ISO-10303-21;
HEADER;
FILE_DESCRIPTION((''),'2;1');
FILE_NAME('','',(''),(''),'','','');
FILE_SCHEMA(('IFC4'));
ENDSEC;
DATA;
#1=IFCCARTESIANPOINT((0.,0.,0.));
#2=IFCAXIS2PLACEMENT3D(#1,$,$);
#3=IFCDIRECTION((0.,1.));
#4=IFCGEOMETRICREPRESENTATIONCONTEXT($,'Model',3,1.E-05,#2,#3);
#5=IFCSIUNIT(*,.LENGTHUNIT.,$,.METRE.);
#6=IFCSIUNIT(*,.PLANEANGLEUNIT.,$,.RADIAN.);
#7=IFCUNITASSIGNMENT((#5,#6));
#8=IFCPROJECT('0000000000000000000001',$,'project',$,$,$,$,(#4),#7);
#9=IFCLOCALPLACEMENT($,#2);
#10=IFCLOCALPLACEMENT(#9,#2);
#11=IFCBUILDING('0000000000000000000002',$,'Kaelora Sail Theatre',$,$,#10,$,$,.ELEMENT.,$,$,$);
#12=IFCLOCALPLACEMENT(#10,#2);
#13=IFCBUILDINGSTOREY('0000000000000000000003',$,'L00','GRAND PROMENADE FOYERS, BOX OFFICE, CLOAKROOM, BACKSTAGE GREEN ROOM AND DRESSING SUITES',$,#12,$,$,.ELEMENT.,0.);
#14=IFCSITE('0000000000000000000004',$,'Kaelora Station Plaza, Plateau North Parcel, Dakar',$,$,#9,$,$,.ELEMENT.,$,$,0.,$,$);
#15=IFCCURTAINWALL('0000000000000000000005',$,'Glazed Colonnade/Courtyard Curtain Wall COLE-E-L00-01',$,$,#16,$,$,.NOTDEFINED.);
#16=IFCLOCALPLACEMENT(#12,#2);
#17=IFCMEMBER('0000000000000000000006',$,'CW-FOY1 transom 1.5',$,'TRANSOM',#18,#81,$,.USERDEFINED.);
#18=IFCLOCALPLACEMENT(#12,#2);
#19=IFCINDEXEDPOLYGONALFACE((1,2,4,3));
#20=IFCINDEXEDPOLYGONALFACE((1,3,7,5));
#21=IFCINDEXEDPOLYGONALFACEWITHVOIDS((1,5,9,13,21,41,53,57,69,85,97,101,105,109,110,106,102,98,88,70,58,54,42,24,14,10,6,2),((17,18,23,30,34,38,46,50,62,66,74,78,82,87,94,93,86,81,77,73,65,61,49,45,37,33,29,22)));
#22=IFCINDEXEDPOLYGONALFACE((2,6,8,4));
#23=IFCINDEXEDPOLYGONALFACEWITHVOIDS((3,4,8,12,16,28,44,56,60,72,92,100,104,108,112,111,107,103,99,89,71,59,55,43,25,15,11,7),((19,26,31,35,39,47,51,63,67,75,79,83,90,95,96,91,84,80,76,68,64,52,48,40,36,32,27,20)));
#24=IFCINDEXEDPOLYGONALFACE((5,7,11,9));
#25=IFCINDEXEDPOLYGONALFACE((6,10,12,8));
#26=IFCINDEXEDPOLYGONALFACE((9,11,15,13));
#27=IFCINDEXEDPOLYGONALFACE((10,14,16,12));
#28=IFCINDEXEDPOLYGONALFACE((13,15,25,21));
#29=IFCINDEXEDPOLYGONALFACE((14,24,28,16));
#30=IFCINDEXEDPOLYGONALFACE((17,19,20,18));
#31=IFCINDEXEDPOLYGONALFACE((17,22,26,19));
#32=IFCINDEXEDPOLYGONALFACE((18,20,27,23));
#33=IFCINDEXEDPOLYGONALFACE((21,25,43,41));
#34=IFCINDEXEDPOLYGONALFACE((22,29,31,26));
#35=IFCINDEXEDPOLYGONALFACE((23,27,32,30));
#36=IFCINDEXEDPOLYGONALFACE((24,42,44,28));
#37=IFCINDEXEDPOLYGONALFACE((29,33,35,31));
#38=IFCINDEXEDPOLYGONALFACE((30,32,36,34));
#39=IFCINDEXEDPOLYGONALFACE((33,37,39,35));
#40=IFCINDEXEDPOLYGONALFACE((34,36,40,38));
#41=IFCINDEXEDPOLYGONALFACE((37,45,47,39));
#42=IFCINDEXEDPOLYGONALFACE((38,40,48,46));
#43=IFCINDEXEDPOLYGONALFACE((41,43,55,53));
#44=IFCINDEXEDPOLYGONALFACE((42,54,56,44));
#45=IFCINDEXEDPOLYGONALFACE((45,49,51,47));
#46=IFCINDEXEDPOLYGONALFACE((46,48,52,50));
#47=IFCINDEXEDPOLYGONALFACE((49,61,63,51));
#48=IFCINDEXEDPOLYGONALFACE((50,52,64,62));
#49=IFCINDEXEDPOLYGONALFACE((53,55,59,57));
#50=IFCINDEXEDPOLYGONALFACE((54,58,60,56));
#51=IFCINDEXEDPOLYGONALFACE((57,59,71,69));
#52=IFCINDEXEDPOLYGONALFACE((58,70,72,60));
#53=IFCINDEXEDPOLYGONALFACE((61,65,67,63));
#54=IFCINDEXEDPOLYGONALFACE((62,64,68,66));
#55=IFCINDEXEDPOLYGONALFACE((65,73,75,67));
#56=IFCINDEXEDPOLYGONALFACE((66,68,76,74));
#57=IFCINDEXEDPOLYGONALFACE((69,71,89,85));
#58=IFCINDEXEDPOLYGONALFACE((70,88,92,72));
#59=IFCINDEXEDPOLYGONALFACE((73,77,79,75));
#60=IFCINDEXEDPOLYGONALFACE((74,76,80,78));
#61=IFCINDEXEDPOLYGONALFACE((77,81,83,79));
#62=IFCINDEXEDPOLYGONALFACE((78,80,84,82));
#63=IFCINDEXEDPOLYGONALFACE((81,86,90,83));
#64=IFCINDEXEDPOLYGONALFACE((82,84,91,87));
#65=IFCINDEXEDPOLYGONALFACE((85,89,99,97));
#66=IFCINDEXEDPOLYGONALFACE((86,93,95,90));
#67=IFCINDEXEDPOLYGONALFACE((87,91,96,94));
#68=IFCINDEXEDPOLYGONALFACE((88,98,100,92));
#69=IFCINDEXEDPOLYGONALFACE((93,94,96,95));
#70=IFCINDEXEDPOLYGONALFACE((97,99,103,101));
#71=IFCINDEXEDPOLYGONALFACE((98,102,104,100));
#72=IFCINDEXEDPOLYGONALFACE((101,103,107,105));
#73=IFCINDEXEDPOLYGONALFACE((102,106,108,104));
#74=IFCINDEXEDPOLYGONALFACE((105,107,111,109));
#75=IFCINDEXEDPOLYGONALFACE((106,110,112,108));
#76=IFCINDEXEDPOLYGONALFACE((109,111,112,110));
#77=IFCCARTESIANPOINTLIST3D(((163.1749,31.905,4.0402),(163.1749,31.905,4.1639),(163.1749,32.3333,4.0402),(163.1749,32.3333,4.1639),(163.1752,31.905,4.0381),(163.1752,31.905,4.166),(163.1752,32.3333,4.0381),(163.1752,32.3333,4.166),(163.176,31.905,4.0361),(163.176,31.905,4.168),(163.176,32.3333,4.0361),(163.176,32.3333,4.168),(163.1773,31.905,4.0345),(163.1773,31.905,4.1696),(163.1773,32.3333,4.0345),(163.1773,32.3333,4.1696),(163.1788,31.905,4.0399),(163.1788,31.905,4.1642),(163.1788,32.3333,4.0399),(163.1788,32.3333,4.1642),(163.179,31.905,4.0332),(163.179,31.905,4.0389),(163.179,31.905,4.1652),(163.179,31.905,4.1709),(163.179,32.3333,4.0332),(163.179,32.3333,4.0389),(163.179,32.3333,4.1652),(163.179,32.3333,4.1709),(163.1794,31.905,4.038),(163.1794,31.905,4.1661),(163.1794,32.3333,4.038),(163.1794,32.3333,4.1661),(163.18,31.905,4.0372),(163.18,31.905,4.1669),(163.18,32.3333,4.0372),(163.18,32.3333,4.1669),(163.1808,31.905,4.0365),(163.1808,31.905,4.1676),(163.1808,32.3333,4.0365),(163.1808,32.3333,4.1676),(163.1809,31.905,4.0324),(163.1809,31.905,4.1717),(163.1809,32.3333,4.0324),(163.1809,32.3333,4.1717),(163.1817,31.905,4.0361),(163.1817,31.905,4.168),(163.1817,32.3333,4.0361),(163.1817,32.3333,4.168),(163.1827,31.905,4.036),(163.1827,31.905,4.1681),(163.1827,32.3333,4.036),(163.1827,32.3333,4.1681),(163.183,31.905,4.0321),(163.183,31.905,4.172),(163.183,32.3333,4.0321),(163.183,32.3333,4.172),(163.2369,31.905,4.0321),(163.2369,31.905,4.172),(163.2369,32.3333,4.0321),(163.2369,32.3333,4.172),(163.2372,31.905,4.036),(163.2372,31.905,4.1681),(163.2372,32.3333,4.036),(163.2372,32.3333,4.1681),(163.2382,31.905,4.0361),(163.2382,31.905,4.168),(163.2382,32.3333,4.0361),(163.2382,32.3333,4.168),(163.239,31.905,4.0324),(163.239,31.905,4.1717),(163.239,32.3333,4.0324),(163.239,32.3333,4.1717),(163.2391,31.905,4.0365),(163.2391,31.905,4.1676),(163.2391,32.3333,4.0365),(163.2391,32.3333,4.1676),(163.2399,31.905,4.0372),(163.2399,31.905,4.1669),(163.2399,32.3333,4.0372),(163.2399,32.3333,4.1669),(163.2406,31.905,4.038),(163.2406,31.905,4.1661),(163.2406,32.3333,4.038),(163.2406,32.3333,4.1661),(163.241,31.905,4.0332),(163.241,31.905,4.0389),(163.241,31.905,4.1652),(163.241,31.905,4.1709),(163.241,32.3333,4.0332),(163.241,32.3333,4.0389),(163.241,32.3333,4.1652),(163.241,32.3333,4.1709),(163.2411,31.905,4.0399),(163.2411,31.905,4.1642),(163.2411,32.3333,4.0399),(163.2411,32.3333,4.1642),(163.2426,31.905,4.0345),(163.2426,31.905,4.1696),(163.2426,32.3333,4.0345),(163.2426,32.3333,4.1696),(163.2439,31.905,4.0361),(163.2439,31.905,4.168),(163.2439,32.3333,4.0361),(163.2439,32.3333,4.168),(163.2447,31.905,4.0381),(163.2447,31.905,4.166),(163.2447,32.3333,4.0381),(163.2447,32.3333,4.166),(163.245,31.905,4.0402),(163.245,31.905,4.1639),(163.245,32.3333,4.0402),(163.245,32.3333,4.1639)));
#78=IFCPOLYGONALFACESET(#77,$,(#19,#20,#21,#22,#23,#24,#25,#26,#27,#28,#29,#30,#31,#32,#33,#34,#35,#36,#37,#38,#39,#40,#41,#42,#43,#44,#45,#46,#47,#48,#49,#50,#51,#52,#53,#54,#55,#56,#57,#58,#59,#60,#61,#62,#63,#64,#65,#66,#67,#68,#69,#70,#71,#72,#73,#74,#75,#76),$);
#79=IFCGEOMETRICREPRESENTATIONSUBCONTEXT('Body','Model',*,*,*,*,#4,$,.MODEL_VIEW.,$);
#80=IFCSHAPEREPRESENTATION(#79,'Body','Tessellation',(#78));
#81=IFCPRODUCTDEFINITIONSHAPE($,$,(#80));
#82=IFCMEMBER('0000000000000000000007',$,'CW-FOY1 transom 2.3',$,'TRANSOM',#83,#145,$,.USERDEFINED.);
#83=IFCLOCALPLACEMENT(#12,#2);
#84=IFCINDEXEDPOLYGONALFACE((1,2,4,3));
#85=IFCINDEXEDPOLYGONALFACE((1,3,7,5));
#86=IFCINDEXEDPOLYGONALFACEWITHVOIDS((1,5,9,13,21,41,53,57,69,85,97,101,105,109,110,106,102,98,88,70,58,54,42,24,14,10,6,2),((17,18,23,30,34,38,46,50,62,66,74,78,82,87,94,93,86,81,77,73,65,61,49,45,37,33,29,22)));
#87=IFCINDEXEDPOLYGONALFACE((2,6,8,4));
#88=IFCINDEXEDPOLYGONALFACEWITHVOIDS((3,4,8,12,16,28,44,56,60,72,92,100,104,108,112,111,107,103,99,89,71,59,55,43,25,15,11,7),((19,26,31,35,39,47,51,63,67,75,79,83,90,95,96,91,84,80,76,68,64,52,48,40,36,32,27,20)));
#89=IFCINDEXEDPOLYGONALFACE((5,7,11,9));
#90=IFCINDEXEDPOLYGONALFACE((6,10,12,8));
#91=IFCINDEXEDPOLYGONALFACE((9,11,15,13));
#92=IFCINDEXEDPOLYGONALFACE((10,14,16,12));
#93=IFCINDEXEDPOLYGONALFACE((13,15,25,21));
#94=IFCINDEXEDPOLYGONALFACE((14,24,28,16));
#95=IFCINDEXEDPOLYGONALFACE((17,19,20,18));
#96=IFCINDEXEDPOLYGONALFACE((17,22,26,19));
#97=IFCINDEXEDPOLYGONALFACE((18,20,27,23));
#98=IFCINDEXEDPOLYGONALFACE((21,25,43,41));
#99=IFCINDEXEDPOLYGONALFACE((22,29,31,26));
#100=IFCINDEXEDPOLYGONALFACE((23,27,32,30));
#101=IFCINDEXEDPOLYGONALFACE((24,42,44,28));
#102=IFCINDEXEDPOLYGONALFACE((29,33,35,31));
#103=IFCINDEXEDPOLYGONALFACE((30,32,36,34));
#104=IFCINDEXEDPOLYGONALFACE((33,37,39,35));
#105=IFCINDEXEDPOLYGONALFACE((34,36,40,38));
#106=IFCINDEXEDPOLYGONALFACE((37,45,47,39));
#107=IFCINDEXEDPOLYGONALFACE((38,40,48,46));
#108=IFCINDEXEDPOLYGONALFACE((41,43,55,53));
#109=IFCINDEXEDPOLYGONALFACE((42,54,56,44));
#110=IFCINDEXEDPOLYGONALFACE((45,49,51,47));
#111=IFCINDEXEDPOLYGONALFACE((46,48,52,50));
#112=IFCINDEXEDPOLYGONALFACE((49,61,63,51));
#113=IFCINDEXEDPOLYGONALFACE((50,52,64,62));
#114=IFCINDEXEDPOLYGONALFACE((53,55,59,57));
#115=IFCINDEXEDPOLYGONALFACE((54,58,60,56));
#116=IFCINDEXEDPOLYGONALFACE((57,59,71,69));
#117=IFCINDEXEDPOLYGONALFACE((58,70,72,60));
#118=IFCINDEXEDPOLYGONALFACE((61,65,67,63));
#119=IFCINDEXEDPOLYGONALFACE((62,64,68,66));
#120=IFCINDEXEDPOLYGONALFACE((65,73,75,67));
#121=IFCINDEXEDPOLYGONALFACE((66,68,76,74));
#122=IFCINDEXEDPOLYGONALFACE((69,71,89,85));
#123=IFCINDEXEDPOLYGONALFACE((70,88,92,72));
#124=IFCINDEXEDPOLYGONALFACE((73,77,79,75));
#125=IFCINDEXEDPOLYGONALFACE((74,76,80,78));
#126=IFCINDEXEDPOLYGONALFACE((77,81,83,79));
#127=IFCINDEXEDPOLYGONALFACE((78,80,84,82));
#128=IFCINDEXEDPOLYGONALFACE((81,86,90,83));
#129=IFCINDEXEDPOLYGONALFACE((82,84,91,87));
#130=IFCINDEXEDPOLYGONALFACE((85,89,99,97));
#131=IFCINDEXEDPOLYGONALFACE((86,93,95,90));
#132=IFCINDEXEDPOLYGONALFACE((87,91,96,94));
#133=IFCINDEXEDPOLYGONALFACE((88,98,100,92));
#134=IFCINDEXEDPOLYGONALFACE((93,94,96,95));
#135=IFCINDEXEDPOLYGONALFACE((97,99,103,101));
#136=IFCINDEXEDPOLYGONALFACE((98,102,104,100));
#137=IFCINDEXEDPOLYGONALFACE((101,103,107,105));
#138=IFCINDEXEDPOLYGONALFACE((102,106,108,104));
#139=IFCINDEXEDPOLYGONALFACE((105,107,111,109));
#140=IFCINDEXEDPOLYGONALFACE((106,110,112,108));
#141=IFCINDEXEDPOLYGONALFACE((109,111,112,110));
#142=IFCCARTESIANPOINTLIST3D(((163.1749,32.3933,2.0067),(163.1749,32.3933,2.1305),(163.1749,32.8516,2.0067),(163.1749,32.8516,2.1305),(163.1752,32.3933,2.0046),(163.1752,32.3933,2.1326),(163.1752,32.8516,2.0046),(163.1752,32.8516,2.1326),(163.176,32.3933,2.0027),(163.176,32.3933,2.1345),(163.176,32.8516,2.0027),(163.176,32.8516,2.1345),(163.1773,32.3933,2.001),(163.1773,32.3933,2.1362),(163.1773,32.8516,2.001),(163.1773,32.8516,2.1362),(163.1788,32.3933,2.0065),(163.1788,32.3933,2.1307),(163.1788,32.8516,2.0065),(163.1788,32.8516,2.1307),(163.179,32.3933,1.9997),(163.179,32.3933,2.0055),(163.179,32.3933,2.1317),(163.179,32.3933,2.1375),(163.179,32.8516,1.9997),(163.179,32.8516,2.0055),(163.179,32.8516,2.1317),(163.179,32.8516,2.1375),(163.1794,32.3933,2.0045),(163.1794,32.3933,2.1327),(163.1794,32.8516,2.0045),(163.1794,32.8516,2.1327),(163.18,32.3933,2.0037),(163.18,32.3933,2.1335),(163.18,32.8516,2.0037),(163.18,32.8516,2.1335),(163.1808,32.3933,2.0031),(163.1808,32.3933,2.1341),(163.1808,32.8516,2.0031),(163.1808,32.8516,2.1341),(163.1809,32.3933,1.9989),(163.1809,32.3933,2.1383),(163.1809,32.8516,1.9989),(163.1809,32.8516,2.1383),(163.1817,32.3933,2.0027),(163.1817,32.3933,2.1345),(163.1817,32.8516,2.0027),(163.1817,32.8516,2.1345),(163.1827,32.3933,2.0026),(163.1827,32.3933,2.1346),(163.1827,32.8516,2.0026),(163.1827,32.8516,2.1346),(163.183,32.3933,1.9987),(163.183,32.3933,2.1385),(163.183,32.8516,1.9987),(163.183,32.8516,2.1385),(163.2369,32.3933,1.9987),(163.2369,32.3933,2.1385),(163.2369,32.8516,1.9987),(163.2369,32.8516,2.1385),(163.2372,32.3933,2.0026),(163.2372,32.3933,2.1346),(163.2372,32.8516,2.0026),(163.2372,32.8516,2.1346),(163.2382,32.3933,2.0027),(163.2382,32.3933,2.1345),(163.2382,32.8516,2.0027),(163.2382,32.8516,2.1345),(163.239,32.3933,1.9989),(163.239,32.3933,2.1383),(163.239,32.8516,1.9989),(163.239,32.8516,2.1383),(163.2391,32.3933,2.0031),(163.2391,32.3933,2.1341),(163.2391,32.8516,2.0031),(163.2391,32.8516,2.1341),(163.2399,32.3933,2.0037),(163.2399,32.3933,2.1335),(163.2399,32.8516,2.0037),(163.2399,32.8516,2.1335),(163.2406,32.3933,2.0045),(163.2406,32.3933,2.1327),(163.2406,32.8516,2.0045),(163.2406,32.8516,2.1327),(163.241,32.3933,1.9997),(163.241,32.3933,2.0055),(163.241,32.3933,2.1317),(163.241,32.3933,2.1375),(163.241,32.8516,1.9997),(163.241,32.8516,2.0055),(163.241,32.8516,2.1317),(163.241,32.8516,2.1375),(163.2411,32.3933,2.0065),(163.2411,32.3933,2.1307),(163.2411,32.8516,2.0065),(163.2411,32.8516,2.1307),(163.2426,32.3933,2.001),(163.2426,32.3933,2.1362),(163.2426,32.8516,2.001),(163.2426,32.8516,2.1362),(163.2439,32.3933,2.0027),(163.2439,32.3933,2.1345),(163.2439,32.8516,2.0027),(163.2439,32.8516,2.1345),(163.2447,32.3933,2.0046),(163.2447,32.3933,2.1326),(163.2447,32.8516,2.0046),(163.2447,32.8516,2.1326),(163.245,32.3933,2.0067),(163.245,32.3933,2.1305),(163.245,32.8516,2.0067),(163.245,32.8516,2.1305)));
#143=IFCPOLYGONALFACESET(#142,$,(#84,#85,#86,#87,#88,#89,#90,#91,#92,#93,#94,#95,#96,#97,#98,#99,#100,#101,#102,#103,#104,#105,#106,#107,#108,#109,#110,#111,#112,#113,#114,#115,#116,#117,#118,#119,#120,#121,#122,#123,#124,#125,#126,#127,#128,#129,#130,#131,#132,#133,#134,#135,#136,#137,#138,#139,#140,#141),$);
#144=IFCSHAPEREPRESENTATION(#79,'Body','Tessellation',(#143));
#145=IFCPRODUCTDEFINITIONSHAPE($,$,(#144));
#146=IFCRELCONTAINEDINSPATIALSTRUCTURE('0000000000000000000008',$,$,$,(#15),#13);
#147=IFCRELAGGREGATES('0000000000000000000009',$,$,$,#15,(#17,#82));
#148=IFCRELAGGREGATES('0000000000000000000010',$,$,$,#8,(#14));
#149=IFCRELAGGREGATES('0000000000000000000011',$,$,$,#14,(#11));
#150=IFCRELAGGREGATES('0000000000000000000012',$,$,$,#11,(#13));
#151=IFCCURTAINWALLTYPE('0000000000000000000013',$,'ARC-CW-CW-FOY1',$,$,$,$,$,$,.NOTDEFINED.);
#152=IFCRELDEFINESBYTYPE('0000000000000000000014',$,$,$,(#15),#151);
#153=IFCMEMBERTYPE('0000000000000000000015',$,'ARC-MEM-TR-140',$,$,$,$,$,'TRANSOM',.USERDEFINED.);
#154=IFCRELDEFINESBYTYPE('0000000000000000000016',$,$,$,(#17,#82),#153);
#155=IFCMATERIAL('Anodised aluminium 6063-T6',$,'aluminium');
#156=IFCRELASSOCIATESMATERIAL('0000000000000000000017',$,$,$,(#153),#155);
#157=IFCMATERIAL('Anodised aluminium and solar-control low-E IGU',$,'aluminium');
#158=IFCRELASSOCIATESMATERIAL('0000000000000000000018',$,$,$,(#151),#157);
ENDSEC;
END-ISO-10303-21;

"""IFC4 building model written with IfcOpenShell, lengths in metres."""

from ifc_helpers import new_model, si_unit, direction, frame, origin, origin_2d, place, context, subcontext, project, spatial, hollow_rectangle, extrude, material, material_profile, profile_set, type_object, element, aggregate, save


model = new_model("IFC4")

# Units and contexts
model_context = context("Model", 3, precision=1e-05, world=origin(), true_north=direction((0.0, 1.0)))
body_context = subcontext(model_context, "Body", "Model", "MODEL_VIEW")
ifc_project = project(units=[si_unit("LENGTHUNIT", "METRE"), si_unit("PLANEANGLEUNIT", "RADIAN")], contexts=[model_context])

# Site, building, storey
site_placement = place(None, origin())
site = spatial("IfcSite", under=ifc_project, at=site_placement, Name="Kaelora Station Plaza, Plateau North Parcel, Dakar", CompositionType="ELEMENT", RefElevation=0.0)
building_placement = place(site_placement, origin())
building = spatial("IfcBuilding", under=site, at=building_placement, Name="Kaelora Sail Theatre", CompositionType="ELEMENT")
storey_placement = place(building_placement, origin())
storey = spatial("IfcBuildingStorey", under=building, at=storey_placement, Name="L00", Description="GRAND PROMENADE FOYERS, BOX OFFICE, CLOAKROOM, BACKSTAGE GREEN ROOM AND DRESSING SUITES", CompositionType="ELEMENT", Elevation=0.0)

# Curtain wall, members
ifc_material_1 = material(Name="Anodised aluminium 6063-T6", Category="aluminium")
ifc_material_profile = material_profile(ifc_material_1, hollow_rectangle(XDim=0.0701, YDim=0.1399, WallThickness=0.0039, InnerFilletRadius=0.0039, OuterFilletRadius=0.0081, at=origin_2d()), Name="ALU-TRAN 70x140x4")
ifc_profile_set = profile_set([ifc_material_profile], Name="Anodised aluminium 6063-T6")
member_type = type_object("IfcMemberType", Name="ARC-MEM-TR-140", ElementType="TRANSOM", PredefinedType="USERDEFINED", material=ifc_profile_set)
ifc_material_2 = material(Name="Anodised aluminium and solar-control low-E IGU", Category="aluminium")
curtain_wall_type_1 = type_object("IfcCurtainWallType", Name="ARC-CW-CW-FOY1", PredefinedType="NOTDEFINED", material=ifc_material_2)
curtain_wall_1_placement = place(storey_placement, origin())
curtain_wall_1 = element("IfcCurtainWall", 1, at=curtain_wall_1_placement, inside=storey, type_object=curtain_wall_type_1, Name="Glazed Colonnade/Courtyard Curtain Wall COLE-E-L00-01", PredefinedType="NOTDEFINED")
member_1_placement = place(storey_placement, frame((163.21, 31.905, 4.1021), z_axis=(0.0, 1.0, 0.0), x_axis=(-1.0, 0.0, 0.0)))
member_1 = element("IfcMember", 2, at=member_1_placement, type_object=member_type, Name="CW-FOY1 transom 1.5", ObjectType="TRANSOM", PredefinedType="USERDEFINED", context=body_context, shape_type="SweptSolid", body=[
    extrude(hollow_rectangle(XDim=0.0701, YDim=0.1399, WallThickness=0.0039, InnerFilletRadius=0.0039, OuterFilletRadius=0.0081, at=origin_2d()), origin(), (0.0, 0.0, 1.0), 0.4282),
])
member_2_placement = place(storey_placement, frame((163.21, 32.3933, 2.0686), z_axis=(0.0, 1.0, 0.0), x_axis=(-1.0, 0.0, 0.0)))
member_2 = element("IfcMember", 3, at=member_2_placement, type_object=member_type, Name="CW-FOY1 transom 2.3", ObjectType="TRANSOM", PredefinedType="USERDEFINED", context=body_context, shape_type="SweptSolid", body=[
    extrude(hollow_rectangle(XDim=0.0701, YDim=0.1399, WallThickness=0.0039, InnerFilletRadius=0.0039, OuterFilletRadius=0.0081, at=origin_2d()), origin(), (0.0, 0.0, 1.0), 0.4583),
])

aggregate(curtain_wall_1, [member_1, member_2])

save(model, "model.ifc")
